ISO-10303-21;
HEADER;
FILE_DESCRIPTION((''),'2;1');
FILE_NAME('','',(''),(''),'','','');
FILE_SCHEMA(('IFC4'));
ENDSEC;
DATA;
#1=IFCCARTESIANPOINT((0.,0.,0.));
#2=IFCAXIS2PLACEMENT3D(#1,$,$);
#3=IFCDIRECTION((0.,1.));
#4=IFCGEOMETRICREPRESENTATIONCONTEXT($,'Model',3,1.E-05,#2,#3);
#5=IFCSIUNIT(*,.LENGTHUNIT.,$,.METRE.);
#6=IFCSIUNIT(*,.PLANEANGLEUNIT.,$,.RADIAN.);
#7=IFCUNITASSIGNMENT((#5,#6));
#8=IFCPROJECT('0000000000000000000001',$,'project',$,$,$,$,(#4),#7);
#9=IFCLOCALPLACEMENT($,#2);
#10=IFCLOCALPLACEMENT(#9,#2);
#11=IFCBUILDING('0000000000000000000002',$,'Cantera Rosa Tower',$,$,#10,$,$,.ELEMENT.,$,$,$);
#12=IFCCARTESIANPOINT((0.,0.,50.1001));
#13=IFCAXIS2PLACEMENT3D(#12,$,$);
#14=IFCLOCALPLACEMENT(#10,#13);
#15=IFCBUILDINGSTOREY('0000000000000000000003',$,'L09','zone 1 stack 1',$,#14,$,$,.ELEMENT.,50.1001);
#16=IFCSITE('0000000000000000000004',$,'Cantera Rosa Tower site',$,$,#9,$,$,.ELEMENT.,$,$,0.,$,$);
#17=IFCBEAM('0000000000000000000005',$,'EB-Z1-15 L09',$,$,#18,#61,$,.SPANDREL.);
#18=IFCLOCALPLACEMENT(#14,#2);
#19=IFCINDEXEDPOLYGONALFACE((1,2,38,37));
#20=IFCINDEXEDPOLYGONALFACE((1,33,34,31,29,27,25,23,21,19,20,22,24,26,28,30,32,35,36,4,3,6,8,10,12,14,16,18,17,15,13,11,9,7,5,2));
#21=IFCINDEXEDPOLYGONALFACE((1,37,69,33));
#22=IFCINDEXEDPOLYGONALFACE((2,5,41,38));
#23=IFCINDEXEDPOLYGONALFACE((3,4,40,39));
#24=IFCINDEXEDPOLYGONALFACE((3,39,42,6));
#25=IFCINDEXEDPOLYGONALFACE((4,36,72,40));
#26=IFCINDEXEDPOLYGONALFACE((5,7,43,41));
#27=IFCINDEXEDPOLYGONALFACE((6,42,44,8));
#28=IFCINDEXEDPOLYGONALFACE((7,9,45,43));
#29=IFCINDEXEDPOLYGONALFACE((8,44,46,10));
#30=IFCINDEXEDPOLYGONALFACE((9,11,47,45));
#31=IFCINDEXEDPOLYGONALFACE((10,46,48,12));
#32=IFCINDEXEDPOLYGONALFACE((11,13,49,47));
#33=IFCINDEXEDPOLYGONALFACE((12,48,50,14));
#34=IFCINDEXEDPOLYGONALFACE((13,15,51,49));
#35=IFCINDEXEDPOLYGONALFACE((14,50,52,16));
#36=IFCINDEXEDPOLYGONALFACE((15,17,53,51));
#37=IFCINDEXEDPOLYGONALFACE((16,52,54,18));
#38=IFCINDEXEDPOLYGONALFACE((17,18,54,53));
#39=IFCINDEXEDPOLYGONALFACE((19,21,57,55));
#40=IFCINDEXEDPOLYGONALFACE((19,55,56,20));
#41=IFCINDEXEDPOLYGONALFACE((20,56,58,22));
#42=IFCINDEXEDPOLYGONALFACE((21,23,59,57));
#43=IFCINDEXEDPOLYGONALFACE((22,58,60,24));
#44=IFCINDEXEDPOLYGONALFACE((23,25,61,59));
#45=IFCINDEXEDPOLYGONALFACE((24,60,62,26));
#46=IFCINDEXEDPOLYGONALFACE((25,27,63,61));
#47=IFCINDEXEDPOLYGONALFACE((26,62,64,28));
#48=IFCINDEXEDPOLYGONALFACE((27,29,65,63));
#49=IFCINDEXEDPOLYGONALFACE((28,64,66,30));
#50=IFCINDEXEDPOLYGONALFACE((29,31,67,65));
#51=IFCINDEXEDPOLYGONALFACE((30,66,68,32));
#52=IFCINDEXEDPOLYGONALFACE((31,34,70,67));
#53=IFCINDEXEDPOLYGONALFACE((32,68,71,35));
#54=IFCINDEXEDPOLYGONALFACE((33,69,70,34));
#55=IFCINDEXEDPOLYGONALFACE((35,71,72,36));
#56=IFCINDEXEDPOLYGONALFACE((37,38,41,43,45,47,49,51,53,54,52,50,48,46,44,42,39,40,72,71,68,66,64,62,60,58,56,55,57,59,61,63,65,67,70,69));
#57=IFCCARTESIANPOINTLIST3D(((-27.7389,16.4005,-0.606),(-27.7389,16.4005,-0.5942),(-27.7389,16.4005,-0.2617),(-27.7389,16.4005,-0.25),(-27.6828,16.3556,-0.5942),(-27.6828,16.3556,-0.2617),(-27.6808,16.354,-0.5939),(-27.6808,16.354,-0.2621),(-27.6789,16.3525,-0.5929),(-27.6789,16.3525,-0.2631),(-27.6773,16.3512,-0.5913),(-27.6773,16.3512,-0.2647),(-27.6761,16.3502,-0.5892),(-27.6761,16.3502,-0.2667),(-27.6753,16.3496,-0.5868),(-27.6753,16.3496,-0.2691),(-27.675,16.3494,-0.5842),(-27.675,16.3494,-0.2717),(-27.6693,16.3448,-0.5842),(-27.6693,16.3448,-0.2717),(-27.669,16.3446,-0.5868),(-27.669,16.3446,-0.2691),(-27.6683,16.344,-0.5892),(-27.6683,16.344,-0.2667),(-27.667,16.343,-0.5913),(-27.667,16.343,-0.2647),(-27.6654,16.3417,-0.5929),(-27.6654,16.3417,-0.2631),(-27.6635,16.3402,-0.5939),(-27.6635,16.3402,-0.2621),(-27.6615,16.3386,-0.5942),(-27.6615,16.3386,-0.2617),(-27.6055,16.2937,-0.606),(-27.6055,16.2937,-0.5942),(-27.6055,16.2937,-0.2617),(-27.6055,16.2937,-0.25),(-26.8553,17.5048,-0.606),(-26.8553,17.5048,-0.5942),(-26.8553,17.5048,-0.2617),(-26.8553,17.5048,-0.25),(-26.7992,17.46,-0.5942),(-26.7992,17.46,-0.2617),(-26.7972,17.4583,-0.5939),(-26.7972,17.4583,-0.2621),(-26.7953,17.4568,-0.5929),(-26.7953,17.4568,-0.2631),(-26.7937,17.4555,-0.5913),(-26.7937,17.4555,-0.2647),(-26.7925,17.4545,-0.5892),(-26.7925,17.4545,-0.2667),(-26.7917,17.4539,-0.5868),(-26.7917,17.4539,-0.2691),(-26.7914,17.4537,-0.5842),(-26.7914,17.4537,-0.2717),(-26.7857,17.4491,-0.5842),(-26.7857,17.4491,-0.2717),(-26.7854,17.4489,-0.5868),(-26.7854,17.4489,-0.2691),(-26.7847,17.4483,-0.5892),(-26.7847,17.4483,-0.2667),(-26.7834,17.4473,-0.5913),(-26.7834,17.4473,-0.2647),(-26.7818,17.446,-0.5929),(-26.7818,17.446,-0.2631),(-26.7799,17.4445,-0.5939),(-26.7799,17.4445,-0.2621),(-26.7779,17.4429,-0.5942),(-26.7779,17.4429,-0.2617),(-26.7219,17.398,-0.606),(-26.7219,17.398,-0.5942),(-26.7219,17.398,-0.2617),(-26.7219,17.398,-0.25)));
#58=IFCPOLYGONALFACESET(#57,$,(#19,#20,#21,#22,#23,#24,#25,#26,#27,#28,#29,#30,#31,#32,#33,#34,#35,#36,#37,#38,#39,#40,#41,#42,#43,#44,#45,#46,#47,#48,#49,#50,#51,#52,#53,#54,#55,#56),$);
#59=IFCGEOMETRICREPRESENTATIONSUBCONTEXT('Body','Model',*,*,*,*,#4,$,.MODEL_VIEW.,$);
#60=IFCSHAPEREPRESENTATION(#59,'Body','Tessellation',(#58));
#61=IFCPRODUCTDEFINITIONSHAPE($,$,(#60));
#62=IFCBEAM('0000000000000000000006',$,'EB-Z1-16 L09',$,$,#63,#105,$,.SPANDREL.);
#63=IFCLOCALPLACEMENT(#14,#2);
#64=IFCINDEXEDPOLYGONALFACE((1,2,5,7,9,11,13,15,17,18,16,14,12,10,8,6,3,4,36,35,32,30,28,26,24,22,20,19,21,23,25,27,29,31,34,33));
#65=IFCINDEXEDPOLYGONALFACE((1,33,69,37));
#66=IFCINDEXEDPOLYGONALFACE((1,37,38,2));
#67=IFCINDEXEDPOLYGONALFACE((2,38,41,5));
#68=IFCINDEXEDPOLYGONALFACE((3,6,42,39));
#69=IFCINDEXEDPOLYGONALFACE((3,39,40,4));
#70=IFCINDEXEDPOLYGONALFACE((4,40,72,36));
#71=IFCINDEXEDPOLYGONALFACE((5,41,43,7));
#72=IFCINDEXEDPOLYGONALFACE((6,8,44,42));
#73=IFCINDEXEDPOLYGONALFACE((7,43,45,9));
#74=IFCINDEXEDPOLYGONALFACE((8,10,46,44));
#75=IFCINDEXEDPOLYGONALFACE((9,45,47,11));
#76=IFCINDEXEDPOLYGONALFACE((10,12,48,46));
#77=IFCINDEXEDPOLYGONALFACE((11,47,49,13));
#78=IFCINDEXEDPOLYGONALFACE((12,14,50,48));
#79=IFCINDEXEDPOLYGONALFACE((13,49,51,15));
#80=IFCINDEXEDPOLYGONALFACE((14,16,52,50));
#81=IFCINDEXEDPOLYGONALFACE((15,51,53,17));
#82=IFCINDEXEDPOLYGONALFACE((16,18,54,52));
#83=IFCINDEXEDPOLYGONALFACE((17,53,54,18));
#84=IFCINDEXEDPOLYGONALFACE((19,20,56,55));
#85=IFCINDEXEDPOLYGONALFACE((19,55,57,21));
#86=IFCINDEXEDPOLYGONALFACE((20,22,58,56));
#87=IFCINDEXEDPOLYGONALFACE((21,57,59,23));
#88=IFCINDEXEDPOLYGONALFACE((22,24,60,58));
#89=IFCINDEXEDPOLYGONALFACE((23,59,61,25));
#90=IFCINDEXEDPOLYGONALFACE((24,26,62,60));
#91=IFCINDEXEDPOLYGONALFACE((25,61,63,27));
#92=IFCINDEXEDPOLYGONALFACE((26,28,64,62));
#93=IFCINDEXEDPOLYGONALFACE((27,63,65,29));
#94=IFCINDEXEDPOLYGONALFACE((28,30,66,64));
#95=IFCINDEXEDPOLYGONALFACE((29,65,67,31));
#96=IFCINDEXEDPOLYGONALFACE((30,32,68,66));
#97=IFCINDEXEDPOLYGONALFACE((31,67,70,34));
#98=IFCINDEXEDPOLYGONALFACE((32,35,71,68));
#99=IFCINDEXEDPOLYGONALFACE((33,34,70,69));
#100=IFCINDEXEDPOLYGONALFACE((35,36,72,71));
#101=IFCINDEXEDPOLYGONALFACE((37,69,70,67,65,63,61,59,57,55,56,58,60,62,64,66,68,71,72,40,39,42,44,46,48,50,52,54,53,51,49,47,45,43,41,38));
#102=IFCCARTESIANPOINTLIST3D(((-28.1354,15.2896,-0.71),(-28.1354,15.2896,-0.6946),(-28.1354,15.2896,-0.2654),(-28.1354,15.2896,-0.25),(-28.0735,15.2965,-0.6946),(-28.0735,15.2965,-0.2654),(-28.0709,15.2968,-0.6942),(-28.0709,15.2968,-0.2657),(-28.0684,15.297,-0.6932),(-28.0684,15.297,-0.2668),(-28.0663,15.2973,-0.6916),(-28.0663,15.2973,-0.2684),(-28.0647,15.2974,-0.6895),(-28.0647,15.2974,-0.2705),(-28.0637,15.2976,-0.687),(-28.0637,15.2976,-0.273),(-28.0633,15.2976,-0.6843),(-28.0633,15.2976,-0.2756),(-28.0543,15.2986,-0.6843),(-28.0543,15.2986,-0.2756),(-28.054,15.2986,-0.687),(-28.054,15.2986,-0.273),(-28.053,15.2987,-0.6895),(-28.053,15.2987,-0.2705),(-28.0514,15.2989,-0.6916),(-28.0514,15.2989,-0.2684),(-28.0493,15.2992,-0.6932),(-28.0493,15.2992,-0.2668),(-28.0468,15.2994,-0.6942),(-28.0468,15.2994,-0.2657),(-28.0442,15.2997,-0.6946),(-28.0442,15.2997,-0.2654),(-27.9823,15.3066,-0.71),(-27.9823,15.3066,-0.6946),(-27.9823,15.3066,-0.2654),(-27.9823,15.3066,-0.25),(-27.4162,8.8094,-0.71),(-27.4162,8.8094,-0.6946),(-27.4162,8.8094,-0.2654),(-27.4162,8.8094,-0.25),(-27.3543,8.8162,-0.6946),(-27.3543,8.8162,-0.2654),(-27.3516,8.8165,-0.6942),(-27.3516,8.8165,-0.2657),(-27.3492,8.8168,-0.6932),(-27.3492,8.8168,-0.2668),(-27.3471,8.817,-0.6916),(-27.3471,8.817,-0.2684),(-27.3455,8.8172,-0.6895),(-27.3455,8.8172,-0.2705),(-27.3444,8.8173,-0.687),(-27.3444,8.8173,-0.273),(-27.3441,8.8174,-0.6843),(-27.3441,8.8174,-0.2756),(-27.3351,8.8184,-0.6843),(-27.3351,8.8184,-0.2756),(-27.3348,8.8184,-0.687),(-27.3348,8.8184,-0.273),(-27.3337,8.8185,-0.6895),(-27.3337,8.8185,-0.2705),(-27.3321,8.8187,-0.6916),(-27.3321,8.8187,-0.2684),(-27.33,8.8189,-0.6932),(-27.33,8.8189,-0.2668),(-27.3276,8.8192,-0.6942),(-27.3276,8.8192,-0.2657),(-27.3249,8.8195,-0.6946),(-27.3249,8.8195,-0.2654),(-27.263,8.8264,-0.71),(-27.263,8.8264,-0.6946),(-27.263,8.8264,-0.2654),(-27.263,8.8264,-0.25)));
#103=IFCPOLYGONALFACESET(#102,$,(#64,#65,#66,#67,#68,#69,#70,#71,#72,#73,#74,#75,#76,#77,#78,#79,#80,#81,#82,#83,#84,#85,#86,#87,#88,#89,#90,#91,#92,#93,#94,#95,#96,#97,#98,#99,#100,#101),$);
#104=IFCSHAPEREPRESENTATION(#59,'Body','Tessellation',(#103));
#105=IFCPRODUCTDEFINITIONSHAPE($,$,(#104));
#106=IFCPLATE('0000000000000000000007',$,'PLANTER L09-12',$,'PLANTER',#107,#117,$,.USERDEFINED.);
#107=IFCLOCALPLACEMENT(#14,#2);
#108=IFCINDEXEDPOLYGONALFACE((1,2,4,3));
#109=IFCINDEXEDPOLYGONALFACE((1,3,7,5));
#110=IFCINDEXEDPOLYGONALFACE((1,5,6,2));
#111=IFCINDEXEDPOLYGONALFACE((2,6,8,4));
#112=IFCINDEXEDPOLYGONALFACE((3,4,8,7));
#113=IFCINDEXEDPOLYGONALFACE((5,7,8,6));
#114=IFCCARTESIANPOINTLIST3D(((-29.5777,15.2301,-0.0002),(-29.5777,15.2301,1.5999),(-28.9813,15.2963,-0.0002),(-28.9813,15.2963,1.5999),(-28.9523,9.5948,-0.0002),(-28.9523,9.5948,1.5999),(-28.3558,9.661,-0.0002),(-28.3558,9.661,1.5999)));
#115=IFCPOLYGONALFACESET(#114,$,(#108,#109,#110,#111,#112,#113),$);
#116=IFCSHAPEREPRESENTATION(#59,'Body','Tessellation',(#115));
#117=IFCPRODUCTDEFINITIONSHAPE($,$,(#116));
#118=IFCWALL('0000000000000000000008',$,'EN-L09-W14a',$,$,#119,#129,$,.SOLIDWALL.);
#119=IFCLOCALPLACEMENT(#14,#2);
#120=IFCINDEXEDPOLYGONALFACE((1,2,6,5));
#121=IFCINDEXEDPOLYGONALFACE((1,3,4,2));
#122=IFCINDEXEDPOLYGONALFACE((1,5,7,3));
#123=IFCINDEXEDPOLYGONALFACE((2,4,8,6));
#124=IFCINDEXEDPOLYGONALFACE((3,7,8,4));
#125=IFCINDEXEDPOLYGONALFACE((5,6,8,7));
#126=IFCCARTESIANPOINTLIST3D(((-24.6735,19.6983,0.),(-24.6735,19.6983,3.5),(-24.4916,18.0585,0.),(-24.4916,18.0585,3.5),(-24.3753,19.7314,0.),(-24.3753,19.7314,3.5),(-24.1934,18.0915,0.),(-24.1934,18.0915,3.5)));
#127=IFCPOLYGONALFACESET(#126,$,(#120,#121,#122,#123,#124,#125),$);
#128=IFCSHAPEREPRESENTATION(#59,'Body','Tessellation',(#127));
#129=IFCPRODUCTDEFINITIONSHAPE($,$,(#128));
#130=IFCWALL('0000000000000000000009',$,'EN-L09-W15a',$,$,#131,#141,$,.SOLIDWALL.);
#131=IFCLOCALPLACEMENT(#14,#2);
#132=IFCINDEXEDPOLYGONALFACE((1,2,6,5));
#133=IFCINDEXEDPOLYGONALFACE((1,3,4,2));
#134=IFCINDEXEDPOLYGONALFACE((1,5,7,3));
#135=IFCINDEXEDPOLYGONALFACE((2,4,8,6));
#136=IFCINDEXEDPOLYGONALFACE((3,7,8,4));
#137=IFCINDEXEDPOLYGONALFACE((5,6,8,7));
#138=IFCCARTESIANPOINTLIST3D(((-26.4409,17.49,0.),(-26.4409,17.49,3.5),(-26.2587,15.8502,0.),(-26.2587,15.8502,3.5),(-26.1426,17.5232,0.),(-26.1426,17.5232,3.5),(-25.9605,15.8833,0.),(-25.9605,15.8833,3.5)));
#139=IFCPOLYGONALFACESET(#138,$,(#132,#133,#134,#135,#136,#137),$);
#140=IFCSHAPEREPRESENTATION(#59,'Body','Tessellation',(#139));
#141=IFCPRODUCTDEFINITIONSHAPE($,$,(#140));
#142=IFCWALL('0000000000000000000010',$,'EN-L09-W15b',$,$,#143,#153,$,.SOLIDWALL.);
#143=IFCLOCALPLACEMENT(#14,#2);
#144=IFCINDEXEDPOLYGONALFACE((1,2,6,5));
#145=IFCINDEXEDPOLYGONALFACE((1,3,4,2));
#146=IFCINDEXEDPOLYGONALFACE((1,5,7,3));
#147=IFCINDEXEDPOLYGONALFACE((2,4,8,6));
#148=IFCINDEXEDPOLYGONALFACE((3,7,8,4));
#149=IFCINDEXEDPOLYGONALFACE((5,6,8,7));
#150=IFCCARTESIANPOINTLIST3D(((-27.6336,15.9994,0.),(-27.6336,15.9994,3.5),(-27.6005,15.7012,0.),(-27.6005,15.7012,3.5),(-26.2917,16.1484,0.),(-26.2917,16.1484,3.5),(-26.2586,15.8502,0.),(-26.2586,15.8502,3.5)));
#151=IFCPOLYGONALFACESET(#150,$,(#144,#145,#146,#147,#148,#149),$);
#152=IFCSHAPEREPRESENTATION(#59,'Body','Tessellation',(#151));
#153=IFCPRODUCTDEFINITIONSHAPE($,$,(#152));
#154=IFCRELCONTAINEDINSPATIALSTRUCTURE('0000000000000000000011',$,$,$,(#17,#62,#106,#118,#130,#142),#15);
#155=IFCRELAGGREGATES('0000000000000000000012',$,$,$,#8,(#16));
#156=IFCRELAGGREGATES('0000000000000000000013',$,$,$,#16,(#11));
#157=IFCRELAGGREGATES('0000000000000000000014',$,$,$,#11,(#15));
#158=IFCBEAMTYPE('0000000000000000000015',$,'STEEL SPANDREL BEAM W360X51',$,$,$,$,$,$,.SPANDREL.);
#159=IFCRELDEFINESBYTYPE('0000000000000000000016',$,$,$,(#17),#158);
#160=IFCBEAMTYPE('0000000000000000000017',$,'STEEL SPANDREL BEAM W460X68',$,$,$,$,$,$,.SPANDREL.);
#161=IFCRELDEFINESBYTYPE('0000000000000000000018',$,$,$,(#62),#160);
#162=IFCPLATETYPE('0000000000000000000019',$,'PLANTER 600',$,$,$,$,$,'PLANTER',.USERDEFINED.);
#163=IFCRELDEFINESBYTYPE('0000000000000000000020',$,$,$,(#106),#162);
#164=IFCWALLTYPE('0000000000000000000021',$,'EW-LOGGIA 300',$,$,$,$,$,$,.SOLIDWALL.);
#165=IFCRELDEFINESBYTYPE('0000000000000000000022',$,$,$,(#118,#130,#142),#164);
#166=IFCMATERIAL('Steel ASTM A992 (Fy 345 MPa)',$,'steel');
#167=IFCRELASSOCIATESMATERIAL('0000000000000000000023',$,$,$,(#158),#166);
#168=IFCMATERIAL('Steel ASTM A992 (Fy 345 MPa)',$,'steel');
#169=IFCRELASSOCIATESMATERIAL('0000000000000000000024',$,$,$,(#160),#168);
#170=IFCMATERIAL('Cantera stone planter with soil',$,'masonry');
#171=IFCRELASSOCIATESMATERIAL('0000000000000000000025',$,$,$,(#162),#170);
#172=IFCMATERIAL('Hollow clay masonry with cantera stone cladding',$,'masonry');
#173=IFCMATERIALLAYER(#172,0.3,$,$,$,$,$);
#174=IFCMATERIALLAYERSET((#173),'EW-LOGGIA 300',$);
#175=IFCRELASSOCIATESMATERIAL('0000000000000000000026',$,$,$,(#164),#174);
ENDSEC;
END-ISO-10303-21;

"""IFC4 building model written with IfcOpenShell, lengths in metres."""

from ifc_helpers import new_model, si_unit, direction, frame, frame_2d, origin, origin_2d, place, context, subcontext, project, spatial, rectangle, i_section, extrude, material, layer, layer_set, material_profile, profile_set, type_object, element, save


model = new_model("IFC4")

# Units and contexts
model_context = context("Model", 3, precision=1e-05, world=origin(), true_north=direction((0.0, 1.0)))
body_context = subcontext(model_context, "Body", "Model", "MODEL_VIEW")
ifc_project = project(units=[si_unit("LENGTHUNIT", "METRE"), si_unit("PLANEANGLEUNIT", "RADIAN")], contexts=[model_context])

# Site, building, storey
site_placement = place(None, origin())
site = spatial("IfcSite", under=ifc_project, at=site_placement, Name="Cantera Rosa Tower site", CompositionType="ELEMENT", RefElevation=0.0)
building_placement = place(site_placement, origin())
building = spatial("IfcBuilding", under=site, at=building_placement, Name="Cantera Rosa Tower", CompositionType="ELEMENT")
storey_placement = place(building_placement, frame((0.0, 0.0, 50.1001)))
storey = spatial("IfcBuildingStorey", under=building, at=storey_placement, Name="L09", Description="zone 1 stack 1", CompositionType="ELEMENT", Elevation=50.1001)

# Beams
ifc_material_1 = material(Name="Steel ASTM A992 (Fy 345 MPa)", Category="steel")
ifc_material_profile_1 = material_profile(ifc_material_1, i_section(OverallWidth=0.1709, OverallDepth=0.356, WebThickness=0.0073, FlangeThickness=0.0117, FilletRadius=0.01, at=origin_2d()), Name="W360X51")
ifc_profile_set_1 = profile_set([ifc_material_profile_1], Name="Steel ASTM A992 (Fy 345 MPa)")
beam_type_1 = type_object("IfcBeamType", Name="STEEL SPANDREL BEAM W360X51", PredefinedType="SPANDREL", material=ifc_profile_set_1)
for number, where, z_axis, x_axis, name in (
    (1, (-26.7886, 17.4514, -0.428), (-0.624758, -0.780818, 0.0), (0.780818, -0.624758, 0.0), "EB-Z1-15 L09"),
):
    element("IfcBeam", number, at=place(storey_placement, frame(where, z_axis=z_axis, x_axis=x_axis)), inside=storey, type_object=beam_type_1, Name=name, PredefinedType="SPANDREL", context=body_context, shape_type="SweptSolid", body=[
        extrude(i_section(OverallWidth=0.1709, OverallDepth=0.356, WebThickness=0.0073, FlangeThickness=0.0117, FilletRadius=0.01, at=origin_2d()), origin(), (0.0, 0.0, 1.0), 1.4143),
    ])
ifc_material_2 = material(Name="Steel ASTM A992 (Fy 345 MPa)", Category="steel")
ifc_material_profile_2 = material_profile(ifc_material_2, i_section(OverallWidth=0.1541, OverallDepth=0.46, WebThickness=0.009, FlangeThickness=0.0154, FilletRadius=0.0103, at=origin_2d()), Name="W460X68")
ifc_profile_set_2 = profile_set([ifc_material_profile_2], Name="Steel ASTM A992 (Fy 345 MPa)")
beam_type_2 = type_object("IfcBeamType", Name="STEEL SPANDREL BEAM W460X68", PredefinedType="SPANDREL", material=ifc_profile_set_2)
beam_1_placement = place(storey_placement, frame((-28.0588, 15.2981, -0.48), z_axis=(0.110312, -0.993897, 0.0), x_axis=(0.993897, 0.110312, 0.0)))
element("IfcBeam", 2, at=beam_1_placement, inside=storey, type_object=beam_type_2, Name="EB-Z1-16 L09", PredefinedType="SPANDREL", context=body_context, shape_type="SweptSolid", body=[
    extrude(i_section(OverallWidth=0.1541, OverallDepth=0.46, WebThickness=0.009, FlangeThickness=0.0154, FilletRadius=0.0103, at=origin_2d()), origin(), (0.0, 0.0, 1.0), 6.52),
])

# Plate
ifc_material_3 = material(Name="Cantera stone planter with soil", Category="masonry")
plate_type = type_object("IfcPlateType", Name="PLANTER 600", ElementType="PLANTER", PredefinedType="USERDEFINED", material=ifc_material_3)
plate_placement = place(storey_placement, frame((-28.9668, 12.4456, -0.0002), z_axis=(0.0, 0.0, 1.0), x_axis=(0.110313, -0.993897, 0.0)))
element("IfcPlate", 3, at=plate_placement, inside=storey, type_object=plate_type, Name="PLANTER L09-12", ObjectType="PLANTER", PredefinedType="USERDEFINED", context=body_context, shape_type="SweptSolid", body=[
    extrude(rectangle(XDim=5.6699, YDim=0.6001, at=origin_2d()), origin(), (0.0, 0.0, 1.0), 1.6001),
])

# Walls
ifc_material_4 = material(Name="Hollow clay masonry with cantera stone cladding", Category="masonry")
ifc_layer_1 = layer(ifc_material_4, 0.3)
ifc_layer_set_1 = layer_set([ifc_layer_1], Name="EW-LOGGIA 300")
wall_type_1 = type_object("IfcWallType", Name="EW-LOGGIA 300", PredefinedType="SOLIDWALL", material=ifc_layer_set_1)
for number, where, z_axis, x_axis, name in (
    (4, (-24.5244, 19.7148, 0.0), (0.0, 0.0, 1.0), (0.110237, -0.993905, 0.0), "EN-L09-W14a"),
    (5, (-26.2917, 17.5066, 0.0), (0.0, 0.0, 1.0), (0.110383, -0.993889, 0.0), "EN-L09-W15a"),
):
    element("IfcWall", number, at=place(storey_placement, frame(where, z_axis=z_axis, x_axis=x_axis)), inside=storey, type_object=wall_type_1, Name=name, PredefinedType="SOLIDWALL", context=body_context, shape_type="SweptSolid", body=[
        extrude(rectangle(XDim=1.6499, YDim=0.3, at=frame_2d((0.825, 0.0))), origin(), (0.0, 0.0, 1.0), 3.5),
    ])
wall_1_placement = place(storey_placement, frame((-26.2751, 15.9993, 0.0), z_axis=(0.0, 0.0, 1.0), x_axis=(-0.993897, -0.110312, 0.0)))
element("IfcWall", 6, at=wall_1_placement, inside=storey, type_object=wall_type_1, Name="EN-L09-W15b", PredefinedType="SOLIDWALL", context=body_context, shape_type="SweptSolid", body=[
    extrude(rectangle(XDim=1.3501, YDim=0.3, at=frame_2d((0.675, 0.0))), origin(), (0.0, 0.0, 1.0), 3.5),
])

save(model, "model.ifc")
